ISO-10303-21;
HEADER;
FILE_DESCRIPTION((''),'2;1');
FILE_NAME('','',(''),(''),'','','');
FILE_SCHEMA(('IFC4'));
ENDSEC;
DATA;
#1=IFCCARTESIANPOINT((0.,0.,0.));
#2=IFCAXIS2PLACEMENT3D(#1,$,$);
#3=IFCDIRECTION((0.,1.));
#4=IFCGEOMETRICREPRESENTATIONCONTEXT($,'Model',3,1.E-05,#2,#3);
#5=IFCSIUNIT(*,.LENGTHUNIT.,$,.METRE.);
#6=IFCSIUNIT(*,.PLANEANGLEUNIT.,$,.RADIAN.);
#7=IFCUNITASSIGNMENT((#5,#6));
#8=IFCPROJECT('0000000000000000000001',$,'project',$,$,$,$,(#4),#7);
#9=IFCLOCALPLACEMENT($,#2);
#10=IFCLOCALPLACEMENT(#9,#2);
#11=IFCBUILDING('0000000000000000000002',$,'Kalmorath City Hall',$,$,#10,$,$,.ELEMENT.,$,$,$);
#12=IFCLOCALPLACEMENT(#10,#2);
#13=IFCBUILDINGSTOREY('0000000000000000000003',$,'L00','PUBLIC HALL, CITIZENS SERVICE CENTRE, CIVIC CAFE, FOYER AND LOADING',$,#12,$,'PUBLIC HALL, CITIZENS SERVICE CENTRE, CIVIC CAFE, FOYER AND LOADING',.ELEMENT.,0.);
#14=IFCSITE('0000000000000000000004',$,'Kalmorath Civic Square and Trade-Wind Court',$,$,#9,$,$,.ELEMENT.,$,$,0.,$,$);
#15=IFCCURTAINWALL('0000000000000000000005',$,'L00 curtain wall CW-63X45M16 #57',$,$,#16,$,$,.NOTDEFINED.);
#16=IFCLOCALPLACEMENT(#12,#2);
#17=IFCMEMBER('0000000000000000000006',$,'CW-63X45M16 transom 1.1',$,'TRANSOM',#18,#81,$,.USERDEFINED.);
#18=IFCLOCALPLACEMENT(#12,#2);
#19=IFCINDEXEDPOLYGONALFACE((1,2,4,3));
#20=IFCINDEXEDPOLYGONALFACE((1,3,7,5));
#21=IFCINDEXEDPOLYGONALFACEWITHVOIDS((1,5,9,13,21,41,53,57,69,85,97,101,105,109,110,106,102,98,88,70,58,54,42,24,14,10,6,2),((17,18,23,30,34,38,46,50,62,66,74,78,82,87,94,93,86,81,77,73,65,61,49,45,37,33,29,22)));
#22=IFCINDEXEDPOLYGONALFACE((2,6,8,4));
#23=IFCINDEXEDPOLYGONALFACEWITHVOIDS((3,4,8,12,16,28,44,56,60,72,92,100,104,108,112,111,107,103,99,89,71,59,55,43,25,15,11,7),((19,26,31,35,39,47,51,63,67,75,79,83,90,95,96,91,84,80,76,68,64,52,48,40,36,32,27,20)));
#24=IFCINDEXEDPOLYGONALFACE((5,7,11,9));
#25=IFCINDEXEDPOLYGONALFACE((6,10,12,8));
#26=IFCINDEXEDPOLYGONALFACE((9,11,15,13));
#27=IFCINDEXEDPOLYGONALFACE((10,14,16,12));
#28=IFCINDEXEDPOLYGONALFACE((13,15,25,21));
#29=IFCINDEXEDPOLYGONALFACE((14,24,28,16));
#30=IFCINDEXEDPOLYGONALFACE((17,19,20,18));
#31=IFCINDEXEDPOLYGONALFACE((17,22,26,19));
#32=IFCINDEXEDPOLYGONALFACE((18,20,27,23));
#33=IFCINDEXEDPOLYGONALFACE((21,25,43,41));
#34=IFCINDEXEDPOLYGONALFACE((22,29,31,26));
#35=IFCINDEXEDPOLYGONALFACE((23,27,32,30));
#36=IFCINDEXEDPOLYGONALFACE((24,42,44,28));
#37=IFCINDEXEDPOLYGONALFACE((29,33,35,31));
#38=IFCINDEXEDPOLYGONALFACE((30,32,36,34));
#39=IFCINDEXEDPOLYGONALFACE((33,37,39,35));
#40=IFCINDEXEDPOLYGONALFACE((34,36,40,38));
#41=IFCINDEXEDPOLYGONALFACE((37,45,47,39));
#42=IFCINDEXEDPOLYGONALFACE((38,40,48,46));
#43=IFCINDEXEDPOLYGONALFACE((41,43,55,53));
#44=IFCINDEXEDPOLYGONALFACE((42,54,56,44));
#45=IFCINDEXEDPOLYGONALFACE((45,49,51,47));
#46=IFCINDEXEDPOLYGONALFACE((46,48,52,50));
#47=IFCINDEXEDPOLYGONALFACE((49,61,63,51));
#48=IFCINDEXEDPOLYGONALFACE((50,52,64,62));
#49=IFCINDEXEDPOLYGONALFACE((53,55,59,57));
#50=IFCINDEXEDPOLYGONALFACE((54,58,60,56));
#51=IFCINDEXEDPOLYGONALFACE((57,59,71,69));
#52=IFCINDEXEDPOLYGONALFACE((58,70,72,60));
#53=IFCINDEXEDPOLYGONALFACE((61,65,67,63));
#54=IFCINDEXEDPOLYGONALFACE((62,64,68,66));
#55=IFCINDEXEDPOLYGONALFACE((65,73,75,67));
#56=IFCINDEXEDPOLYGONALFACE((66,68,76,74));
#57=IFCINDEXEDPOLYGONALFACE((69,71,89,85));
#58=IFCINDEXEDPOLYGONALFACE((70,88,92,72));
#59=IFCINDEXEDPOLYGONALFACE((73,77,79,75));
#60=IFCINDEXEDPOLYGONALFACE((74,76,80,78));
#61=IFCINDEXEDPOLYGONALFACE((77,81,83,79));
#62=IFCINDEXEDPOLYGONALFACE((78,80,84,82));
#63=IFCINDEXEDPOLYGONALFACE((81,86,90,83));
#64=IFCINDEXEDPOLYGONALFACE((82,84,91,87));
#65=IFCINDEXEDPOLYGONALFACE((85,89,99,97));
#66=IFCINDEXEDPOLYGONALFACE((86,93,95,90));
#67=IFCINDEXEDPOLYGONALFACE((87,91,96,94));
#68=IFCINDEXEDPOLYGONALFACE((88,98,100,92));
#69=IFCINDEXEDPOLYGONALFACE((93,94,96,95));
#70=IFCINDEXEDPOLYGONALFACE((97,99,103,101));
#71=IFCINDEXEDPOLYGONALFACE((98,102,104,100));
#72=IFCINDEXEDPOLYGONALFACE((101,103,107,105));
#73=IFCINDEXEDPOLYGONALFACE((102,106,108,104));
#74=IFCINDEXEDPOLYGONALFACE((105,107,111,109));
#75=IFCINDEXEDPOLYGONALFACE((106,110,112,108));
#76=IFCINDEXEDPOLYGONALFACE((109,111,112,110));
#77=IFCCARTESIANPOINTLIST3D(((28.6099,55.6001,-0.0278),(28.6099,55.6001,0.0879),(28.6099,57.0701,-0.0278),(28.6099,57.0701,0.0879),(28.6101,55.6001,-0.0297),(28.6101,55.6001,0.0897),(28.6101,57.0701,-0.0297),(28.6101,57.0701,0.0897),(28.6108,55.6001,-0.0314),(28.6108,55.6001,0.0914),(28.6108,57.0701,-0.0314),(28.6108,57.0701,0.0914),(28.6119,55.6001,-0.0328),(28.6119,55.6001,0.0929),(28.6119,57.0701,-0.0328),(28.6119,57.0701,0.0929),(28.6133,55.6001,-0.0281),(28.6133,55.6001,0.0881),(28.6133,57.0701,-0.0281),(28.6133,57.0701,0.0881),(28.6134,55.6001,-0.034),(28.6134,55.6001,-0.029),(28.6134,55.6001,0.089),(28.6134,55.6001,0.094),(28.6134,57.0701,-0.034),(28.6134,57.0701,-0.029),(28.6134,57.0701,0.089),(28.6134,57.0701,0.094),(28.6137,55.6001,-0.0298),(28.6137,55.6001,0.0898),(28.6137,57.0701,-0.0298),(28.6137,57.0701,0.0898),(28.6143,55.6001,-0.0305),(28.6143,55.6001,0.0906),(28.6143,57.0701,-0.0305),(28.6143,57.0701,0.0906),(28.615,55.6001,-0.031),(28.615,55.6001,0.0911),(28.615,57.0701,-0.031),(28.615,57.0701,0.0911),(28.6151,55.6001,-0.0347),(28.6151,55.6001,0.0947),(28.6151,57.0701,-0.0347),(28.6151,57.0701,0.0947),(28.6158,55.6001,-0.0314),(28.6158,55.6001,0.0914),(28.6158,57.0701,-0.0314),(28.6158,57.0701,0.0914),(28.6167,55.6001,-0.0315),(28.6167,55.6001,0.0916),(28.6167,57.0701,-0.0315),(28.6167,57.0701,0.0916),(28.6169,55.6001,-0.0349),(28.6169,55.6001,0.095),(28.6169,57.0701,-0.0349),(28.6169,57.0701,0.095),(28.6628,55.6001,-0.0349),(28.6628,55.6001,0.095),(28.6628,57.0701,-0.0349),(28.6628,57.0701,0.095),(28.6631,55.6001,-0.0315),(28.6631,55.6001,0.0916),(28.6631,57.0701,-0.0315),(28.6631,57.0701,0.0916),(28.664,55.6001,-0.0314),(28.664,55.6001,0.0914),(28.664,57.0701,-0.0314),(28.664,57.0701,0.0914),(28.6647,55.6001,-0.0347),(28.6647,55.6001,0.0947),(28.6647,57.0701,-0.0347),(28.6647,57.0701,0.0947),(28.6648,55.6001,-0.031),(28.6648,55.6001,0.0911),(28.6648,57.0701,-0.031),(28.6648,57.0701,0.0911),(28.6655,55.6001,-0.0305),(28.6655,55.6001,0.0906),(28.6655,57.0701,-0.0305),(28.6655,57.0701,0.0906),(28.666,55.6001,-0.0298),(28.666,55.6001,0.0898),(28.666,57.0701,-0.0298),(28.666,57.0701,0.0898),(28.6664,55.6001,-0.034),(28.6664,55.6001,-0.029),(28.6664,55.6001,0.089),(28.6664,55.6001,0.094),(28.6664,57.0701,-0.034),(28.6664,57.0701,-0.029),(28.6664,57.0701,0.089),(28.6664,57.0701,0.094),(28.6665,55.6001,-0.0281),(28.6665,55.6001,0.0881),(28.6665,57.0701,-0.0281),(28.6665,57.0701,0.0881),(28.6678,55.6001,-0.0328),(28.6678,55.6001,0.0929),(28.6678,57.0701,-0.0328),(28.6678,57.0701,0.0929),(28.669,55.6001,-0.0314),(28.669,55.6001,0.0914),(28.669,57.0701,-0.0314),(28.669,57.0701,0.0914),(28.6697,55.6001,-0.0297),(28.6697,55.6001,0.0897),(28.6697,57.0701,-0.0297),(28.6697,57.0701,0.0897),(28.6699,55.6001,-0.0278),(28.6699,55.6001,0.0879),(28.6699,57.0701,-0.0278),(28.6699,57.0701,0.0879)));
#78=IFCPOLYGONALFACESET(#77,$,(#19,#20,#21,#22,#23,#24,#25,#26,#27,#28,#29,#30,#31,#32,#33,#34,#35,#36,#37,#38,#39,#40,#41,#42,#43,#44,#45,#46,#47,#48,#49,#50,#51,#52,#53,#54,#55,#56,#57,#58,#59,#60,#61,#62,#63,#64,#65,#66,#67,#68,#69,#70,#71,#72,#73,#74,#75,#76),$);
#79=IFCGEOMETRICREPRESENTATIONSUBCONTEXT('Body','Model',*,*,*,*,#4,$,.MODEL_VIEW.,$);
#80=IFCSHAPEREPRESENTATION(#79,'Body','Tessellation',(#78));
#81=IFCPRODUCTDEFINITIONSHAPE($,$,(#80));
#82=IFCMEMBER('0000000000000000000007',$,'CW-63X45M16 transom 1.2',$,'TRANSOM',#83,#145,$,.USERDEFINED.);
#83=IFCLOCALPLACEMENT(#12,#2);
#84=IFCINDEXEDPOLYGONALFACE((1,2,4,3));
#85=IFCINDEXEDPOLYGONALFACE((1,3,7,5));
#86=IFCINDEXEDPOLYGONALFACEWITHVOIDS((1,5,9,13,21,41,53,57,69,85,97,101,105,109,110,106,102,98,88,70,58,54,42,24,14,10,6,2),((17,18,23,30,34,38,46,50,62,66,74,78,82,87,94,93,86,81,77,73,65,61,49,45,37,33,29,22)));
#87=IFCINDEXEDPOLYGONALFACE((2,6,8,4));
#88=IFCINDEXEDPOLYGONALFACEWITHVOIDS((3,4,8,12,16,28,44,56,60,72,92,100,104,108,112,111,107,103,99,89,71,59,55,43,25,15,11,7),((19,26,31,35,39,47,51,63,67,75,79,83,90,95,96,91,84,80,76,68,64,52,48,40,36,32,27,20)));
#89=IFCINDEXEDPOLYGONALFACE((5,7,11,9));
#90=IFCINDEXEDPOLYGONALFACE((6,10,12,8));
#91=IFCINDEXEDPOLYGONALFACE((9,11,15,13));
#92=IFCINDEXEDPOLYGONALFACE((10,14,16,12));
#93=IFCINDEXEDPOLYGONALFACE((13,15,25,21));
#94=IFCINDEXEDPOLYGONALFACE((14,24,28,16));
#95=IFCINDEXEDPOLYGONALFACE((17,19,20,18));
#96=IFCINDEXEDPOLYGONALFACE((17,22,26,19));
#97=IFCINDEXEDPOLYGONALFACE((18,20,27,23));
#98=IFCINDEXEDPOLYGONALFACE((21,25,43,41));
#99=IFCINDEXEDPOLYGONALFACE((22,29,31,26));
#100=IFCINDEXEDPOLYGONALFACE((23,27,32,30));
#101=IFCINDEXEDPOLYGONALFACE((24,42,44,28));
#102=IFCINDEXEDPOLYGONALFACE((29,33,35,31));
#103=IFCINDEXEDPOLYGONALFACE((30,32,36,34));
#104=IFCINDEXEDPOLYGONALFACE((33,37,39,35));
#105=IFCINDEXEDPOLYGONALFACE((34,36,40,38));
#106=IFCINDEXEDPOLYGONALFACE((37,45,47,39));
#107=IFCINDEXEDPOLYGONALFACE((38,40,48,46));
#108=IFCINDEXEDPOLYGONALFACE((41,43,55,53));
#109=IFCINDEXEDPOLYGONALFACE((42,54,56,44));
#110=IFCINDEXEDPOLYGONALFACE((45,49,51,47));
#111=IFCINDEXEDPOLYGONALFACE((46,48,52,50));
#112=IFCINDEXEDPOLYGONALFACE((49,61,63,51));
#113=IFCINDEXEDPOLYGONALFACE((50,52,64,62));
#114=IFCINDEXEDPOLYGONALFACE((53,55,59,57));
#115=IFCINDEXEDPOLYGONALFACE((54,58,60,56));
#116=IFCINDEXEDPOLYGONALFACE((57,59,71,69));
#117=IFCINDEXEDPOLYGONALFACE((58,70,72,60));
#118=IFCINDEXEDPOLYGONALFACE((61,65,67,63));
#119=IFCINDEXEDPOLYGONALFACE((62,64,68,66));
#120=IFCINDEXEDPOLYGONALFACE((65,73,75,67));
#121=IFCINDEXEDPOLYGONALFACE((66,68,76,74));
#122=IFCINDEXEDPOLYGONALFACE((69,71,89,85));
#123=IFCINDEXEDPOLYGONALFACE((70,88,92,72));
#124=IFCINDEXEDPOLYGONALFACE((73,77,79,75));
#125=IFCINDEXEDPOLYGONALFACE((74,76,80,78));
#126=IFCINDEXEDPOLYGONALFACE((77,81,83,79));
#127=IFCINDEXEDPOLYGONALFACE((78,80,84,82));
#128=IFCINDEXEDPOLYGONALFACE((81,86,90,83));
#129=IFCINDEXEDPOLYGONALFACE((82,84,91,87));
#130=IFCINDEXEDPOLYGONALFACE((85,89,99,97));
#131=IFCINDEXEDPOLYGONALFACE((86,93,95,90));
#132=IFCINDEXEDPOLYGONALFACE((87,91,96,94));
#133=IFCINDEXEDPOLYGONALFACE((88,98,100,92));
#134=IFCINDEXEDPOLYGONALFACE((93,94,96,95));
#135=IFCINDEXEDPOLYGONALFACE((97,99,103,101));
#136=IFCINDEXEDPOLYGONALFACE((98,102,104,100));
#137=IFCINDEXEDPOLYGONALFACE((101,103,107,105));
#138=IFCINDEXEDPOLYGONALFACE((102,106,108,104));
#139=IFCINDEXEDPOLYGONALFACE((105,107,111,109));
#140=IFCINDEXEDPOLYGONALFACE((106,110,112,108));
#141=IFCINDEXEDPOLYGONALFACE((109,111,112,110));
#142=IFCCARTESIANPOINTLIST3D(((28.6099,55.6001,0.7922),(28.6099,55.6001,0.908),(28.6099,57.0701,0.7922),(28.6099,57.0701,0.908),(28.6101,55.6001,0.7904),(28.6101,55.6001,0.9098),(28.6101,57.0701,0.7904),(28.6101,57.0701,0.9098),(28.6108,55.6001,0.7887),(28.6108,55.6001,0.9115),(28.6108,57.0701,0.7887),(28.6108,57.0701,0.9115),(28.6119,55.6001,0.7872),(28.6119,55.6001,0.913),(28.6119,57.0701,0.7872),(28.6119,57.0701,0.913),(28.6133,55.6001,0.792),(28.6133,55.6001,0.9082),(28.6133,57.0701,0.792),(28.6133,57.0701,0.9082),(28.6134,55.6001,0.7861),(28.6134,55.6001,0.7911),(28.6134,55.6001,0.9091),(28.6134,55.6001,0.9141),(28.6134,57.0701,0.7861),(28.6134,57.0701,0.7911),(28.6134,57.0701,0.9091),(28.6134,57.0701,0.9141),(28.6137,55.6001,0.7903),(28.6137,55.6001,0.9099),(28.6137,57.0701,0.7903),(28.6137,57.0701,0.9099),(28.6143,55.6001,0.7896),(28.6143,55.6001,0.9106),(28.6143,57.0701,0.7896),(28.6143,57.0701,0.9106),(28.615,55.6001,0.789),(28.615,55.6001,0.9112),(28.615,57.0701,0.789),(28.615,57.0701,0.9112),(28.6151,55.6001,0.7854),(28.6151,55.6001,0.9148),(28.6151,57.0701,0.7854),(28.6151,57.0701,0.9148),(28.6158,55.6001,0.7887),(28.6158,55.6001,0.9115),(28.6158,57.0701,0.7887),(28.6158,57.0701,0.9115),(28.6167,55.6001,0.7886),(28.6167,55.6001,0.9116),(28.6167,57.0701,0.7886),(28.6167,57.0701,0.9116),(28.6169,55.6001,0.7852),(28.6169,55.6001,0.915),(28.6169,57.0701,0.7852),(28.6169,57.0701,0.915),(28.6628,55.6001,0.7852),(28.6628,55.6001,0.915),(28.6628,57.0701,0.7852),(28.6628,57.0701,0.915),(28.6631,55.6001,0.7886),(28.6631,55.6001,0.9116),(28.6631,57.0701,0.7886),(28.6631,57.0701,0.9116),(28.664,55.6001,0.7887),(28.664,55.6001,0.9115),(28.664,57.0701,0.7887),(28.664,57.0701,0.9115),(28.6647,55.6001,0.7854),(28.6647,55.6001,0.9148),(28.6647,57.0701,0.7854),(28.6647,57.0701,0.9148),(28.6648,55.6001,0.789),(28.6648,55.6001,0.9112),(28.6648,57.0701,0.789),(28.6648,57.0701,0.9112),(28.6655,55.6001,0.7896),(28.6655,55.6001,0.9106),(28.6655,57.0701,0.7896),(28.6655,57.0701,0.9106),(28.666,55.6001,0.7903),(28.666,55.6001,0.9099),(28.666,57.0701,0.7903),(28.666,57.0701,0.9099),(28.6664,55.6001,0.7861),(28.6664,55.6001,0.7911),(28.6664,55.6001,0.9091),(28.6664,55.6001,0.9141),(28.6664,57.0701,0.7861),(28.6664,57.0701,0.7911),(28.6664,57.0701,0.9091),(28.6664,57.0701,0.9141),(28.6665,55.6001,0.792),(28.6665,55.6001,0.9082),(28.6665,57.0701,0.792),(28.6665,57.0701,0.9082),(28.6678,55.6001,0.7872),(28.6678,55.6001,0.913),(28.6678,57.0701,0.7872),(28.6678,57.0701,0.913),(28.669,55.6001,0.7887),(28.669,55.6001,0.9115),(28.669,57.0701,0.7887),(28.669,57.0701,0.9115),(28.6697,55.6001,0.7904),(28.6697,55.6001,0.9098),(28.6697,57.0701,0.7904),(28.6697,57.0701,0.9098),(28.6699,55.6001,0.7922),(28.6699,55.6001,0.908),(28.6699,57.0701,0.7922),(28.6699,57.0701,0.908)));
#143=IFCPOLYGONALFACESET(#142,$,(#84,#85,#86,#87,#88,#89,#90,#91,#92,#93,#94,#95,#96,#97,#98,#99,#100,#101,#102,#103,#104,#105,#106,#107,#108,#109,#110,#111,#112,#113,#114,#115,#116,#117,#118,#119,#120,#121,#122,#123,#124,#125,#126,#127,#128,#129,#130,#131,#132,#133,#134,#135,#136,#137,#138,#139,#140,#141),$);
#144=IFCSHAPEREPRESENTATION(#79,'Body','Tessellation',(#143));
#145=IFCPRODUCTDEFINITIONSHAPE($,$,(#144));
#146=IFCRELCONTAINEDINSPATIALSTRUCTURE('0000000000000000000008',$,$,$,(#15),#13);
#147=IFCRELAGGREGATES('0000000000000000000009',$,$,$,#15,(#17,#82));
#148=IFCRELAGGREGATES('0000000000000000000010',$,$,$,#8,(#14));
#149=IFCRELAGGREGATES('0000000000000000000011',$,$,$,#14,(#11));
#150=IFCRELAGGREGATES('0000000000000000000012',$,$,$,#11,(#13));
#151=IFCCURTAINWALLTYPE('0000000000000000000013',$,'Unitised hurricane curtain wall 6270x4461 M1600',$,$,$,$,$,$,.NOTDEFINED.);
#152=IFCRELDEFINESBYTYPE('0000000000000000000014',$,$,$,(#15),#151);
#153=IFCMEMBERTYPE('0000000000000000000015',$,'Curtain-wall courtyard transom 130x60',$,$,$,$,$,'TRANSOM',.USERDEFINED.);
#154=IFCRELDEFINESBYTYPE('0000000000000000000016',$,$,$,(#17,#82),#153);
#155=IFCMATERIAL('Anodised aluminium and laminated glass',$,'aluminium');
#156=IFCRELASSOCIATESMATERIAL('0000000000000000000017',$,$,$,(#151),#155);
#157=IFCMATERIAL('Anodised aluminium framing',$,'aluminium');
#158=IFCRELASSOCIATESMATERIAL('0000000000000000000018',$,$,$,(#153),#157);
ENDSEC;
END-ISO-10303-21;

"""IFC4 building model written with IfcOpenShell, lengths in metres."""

from ifc_helpers import new_model, si_unit, direction, frame, origin, origin_2d, place, context, subcontext, project, spatial, hollow_rectangle, extrude, material, material_profile, profile_set, type_object, element, aggregate, save


model = new_model("IFC4")

# Units and contexts
model_context = context("Model", 3, precision=1e-05, world=origin(), true_north=direction((0.0, 1.0)))
body_context = subcontext(model_context, "Body", "Model", "MODEL_VIEW")
ifc_project = project(units=[si_unit("LENGTHUNIT", "METRE"), si_unit("PLANEANGLEUNIT", "RADIAN")], contexts=[model_context])

# Site, building, storey
site_placement = place(None, origin())
site = spatial("IfcSite", under=ifc_project, at=site_placement, Name="Kalmorath Civic Square and Trade-Wind Court", CompositionType="ELEMENT", RefElevation=0.0)
building_placement = place(site_placement, origin())
building = spatial("IfcBuilding", under=site, at=building_placement, Name="Kalmorath City Hall", CompositionType="ELEMENT")
storey_placement = place(building_placement, origin())
storey = spatial("IfcBuildingStorey", under=building, at=storey_placement, Name="L00", Description="PUBLIC HALL, CITIZENS SERVICE CENTRE, CIVIC CAFE, FOYER AND LOADING", LongName="PUBLIC HALL, CITIZENS SERVICE CENTRE, CIVIC CAFE, FOYER AND LOADING", CompositionType="ELEMENT", Elevation=0.0)

# Curtain wall, members
ifc_material_1 = material(Name="Anodised aluminium and laminated glass", Category="aluminium")
curtain_wall_type = type_object("IfcCurtainWallType", Name="Unitised hurricane curtain wall 6270x4461 M1600", PredefinedType="NOTDEFINED", material=ifc_material_1)
curtain_wall_placement = place(storey_placement, origin())
curtain_wall = element("IfcCurtainWall", 1, at=curtain_wall_placement, inside=storey, type_object=curtain_wall_type, Name="L00 curtain wall CW-63X45M16 #57", PredefinedType="NOTDEFINED")
ifc_material_2 = material(Name="Anodised aluminium framing", Category="aluminium")
ifc_material_profile_1 = material_profile(ifc_material_2, hollow_rectangle(XDim=0.0601, YDim=0.1299, WallThickness=0.0034, InnerFilletRadius=0.0034, OuterFilletRadius=0.0071, at=origin_2d()), Name="ALU-TRN-130X60X3.5")
ifc_profile_set_1 = profile_set([ifc_material_profile_1], Name="Anodised aluminium framing")
member_type_1 = type_object("IfcMemberType", Name="Curtain-wall courtyard transom 130x60", ElementType="TRANSOM", PredefinedType="USERDEFINED", material=ifc_profile_set_1)
member_1_placement = place(storey_placement, frame((28.6399, 57.0701, 0.03), z_axis=(0.0, -1.0, 0.0), x_axis=(1.0, 0.0, 0.0)))
member_1 = element("IfcMember", 2, at=member_1_placement, type_object=member_type_1, Name="CW-63X45M16 transom 1.1", ObjectType="TRANSOM", PredefinedType="USERDEFINED", context=body_context, shape_type="SweptSolid", body=[
    extrude(hollow_rectangle(XDim=0.0601, YDim=0.1299, WallThickness=0.0034, InnerFilletRadius=0.0034, OuterFilletRadius=0.0071, at=origin_2d()), origin(), (0.0, 0.0, 1.0), 1.47),
])
member_2_placement = place(storey_placement, frame((28.6399, 57.0701, 0.8501), z_axis=(0.0, -1.0, 0.0), x_axis=(1.0, 0.0, 0.0)))
member_2 = element("IfcMember", 3, at=member_2_placement, type_object=member_type_1, Name="CW-63X45M16 transom 1.2", ObjectType="TRANSOM", PredefinedType="USERDEFINED", context=body_context, shape_type="SweptSolid", body=[
    extrude(hollow_rectangle(XDim=0.0601, YDim=0.1299, WallThickness=0.0034, InnerFilletRadius=0.0034, OuterFilletRadius=0.0071, at=origin_2d()), origin(), (0.0, 0.0, 1.0), 1.47),
])

aggregate(curtain_wall, [member_1, member_2])

save(model, "model.ifc")
